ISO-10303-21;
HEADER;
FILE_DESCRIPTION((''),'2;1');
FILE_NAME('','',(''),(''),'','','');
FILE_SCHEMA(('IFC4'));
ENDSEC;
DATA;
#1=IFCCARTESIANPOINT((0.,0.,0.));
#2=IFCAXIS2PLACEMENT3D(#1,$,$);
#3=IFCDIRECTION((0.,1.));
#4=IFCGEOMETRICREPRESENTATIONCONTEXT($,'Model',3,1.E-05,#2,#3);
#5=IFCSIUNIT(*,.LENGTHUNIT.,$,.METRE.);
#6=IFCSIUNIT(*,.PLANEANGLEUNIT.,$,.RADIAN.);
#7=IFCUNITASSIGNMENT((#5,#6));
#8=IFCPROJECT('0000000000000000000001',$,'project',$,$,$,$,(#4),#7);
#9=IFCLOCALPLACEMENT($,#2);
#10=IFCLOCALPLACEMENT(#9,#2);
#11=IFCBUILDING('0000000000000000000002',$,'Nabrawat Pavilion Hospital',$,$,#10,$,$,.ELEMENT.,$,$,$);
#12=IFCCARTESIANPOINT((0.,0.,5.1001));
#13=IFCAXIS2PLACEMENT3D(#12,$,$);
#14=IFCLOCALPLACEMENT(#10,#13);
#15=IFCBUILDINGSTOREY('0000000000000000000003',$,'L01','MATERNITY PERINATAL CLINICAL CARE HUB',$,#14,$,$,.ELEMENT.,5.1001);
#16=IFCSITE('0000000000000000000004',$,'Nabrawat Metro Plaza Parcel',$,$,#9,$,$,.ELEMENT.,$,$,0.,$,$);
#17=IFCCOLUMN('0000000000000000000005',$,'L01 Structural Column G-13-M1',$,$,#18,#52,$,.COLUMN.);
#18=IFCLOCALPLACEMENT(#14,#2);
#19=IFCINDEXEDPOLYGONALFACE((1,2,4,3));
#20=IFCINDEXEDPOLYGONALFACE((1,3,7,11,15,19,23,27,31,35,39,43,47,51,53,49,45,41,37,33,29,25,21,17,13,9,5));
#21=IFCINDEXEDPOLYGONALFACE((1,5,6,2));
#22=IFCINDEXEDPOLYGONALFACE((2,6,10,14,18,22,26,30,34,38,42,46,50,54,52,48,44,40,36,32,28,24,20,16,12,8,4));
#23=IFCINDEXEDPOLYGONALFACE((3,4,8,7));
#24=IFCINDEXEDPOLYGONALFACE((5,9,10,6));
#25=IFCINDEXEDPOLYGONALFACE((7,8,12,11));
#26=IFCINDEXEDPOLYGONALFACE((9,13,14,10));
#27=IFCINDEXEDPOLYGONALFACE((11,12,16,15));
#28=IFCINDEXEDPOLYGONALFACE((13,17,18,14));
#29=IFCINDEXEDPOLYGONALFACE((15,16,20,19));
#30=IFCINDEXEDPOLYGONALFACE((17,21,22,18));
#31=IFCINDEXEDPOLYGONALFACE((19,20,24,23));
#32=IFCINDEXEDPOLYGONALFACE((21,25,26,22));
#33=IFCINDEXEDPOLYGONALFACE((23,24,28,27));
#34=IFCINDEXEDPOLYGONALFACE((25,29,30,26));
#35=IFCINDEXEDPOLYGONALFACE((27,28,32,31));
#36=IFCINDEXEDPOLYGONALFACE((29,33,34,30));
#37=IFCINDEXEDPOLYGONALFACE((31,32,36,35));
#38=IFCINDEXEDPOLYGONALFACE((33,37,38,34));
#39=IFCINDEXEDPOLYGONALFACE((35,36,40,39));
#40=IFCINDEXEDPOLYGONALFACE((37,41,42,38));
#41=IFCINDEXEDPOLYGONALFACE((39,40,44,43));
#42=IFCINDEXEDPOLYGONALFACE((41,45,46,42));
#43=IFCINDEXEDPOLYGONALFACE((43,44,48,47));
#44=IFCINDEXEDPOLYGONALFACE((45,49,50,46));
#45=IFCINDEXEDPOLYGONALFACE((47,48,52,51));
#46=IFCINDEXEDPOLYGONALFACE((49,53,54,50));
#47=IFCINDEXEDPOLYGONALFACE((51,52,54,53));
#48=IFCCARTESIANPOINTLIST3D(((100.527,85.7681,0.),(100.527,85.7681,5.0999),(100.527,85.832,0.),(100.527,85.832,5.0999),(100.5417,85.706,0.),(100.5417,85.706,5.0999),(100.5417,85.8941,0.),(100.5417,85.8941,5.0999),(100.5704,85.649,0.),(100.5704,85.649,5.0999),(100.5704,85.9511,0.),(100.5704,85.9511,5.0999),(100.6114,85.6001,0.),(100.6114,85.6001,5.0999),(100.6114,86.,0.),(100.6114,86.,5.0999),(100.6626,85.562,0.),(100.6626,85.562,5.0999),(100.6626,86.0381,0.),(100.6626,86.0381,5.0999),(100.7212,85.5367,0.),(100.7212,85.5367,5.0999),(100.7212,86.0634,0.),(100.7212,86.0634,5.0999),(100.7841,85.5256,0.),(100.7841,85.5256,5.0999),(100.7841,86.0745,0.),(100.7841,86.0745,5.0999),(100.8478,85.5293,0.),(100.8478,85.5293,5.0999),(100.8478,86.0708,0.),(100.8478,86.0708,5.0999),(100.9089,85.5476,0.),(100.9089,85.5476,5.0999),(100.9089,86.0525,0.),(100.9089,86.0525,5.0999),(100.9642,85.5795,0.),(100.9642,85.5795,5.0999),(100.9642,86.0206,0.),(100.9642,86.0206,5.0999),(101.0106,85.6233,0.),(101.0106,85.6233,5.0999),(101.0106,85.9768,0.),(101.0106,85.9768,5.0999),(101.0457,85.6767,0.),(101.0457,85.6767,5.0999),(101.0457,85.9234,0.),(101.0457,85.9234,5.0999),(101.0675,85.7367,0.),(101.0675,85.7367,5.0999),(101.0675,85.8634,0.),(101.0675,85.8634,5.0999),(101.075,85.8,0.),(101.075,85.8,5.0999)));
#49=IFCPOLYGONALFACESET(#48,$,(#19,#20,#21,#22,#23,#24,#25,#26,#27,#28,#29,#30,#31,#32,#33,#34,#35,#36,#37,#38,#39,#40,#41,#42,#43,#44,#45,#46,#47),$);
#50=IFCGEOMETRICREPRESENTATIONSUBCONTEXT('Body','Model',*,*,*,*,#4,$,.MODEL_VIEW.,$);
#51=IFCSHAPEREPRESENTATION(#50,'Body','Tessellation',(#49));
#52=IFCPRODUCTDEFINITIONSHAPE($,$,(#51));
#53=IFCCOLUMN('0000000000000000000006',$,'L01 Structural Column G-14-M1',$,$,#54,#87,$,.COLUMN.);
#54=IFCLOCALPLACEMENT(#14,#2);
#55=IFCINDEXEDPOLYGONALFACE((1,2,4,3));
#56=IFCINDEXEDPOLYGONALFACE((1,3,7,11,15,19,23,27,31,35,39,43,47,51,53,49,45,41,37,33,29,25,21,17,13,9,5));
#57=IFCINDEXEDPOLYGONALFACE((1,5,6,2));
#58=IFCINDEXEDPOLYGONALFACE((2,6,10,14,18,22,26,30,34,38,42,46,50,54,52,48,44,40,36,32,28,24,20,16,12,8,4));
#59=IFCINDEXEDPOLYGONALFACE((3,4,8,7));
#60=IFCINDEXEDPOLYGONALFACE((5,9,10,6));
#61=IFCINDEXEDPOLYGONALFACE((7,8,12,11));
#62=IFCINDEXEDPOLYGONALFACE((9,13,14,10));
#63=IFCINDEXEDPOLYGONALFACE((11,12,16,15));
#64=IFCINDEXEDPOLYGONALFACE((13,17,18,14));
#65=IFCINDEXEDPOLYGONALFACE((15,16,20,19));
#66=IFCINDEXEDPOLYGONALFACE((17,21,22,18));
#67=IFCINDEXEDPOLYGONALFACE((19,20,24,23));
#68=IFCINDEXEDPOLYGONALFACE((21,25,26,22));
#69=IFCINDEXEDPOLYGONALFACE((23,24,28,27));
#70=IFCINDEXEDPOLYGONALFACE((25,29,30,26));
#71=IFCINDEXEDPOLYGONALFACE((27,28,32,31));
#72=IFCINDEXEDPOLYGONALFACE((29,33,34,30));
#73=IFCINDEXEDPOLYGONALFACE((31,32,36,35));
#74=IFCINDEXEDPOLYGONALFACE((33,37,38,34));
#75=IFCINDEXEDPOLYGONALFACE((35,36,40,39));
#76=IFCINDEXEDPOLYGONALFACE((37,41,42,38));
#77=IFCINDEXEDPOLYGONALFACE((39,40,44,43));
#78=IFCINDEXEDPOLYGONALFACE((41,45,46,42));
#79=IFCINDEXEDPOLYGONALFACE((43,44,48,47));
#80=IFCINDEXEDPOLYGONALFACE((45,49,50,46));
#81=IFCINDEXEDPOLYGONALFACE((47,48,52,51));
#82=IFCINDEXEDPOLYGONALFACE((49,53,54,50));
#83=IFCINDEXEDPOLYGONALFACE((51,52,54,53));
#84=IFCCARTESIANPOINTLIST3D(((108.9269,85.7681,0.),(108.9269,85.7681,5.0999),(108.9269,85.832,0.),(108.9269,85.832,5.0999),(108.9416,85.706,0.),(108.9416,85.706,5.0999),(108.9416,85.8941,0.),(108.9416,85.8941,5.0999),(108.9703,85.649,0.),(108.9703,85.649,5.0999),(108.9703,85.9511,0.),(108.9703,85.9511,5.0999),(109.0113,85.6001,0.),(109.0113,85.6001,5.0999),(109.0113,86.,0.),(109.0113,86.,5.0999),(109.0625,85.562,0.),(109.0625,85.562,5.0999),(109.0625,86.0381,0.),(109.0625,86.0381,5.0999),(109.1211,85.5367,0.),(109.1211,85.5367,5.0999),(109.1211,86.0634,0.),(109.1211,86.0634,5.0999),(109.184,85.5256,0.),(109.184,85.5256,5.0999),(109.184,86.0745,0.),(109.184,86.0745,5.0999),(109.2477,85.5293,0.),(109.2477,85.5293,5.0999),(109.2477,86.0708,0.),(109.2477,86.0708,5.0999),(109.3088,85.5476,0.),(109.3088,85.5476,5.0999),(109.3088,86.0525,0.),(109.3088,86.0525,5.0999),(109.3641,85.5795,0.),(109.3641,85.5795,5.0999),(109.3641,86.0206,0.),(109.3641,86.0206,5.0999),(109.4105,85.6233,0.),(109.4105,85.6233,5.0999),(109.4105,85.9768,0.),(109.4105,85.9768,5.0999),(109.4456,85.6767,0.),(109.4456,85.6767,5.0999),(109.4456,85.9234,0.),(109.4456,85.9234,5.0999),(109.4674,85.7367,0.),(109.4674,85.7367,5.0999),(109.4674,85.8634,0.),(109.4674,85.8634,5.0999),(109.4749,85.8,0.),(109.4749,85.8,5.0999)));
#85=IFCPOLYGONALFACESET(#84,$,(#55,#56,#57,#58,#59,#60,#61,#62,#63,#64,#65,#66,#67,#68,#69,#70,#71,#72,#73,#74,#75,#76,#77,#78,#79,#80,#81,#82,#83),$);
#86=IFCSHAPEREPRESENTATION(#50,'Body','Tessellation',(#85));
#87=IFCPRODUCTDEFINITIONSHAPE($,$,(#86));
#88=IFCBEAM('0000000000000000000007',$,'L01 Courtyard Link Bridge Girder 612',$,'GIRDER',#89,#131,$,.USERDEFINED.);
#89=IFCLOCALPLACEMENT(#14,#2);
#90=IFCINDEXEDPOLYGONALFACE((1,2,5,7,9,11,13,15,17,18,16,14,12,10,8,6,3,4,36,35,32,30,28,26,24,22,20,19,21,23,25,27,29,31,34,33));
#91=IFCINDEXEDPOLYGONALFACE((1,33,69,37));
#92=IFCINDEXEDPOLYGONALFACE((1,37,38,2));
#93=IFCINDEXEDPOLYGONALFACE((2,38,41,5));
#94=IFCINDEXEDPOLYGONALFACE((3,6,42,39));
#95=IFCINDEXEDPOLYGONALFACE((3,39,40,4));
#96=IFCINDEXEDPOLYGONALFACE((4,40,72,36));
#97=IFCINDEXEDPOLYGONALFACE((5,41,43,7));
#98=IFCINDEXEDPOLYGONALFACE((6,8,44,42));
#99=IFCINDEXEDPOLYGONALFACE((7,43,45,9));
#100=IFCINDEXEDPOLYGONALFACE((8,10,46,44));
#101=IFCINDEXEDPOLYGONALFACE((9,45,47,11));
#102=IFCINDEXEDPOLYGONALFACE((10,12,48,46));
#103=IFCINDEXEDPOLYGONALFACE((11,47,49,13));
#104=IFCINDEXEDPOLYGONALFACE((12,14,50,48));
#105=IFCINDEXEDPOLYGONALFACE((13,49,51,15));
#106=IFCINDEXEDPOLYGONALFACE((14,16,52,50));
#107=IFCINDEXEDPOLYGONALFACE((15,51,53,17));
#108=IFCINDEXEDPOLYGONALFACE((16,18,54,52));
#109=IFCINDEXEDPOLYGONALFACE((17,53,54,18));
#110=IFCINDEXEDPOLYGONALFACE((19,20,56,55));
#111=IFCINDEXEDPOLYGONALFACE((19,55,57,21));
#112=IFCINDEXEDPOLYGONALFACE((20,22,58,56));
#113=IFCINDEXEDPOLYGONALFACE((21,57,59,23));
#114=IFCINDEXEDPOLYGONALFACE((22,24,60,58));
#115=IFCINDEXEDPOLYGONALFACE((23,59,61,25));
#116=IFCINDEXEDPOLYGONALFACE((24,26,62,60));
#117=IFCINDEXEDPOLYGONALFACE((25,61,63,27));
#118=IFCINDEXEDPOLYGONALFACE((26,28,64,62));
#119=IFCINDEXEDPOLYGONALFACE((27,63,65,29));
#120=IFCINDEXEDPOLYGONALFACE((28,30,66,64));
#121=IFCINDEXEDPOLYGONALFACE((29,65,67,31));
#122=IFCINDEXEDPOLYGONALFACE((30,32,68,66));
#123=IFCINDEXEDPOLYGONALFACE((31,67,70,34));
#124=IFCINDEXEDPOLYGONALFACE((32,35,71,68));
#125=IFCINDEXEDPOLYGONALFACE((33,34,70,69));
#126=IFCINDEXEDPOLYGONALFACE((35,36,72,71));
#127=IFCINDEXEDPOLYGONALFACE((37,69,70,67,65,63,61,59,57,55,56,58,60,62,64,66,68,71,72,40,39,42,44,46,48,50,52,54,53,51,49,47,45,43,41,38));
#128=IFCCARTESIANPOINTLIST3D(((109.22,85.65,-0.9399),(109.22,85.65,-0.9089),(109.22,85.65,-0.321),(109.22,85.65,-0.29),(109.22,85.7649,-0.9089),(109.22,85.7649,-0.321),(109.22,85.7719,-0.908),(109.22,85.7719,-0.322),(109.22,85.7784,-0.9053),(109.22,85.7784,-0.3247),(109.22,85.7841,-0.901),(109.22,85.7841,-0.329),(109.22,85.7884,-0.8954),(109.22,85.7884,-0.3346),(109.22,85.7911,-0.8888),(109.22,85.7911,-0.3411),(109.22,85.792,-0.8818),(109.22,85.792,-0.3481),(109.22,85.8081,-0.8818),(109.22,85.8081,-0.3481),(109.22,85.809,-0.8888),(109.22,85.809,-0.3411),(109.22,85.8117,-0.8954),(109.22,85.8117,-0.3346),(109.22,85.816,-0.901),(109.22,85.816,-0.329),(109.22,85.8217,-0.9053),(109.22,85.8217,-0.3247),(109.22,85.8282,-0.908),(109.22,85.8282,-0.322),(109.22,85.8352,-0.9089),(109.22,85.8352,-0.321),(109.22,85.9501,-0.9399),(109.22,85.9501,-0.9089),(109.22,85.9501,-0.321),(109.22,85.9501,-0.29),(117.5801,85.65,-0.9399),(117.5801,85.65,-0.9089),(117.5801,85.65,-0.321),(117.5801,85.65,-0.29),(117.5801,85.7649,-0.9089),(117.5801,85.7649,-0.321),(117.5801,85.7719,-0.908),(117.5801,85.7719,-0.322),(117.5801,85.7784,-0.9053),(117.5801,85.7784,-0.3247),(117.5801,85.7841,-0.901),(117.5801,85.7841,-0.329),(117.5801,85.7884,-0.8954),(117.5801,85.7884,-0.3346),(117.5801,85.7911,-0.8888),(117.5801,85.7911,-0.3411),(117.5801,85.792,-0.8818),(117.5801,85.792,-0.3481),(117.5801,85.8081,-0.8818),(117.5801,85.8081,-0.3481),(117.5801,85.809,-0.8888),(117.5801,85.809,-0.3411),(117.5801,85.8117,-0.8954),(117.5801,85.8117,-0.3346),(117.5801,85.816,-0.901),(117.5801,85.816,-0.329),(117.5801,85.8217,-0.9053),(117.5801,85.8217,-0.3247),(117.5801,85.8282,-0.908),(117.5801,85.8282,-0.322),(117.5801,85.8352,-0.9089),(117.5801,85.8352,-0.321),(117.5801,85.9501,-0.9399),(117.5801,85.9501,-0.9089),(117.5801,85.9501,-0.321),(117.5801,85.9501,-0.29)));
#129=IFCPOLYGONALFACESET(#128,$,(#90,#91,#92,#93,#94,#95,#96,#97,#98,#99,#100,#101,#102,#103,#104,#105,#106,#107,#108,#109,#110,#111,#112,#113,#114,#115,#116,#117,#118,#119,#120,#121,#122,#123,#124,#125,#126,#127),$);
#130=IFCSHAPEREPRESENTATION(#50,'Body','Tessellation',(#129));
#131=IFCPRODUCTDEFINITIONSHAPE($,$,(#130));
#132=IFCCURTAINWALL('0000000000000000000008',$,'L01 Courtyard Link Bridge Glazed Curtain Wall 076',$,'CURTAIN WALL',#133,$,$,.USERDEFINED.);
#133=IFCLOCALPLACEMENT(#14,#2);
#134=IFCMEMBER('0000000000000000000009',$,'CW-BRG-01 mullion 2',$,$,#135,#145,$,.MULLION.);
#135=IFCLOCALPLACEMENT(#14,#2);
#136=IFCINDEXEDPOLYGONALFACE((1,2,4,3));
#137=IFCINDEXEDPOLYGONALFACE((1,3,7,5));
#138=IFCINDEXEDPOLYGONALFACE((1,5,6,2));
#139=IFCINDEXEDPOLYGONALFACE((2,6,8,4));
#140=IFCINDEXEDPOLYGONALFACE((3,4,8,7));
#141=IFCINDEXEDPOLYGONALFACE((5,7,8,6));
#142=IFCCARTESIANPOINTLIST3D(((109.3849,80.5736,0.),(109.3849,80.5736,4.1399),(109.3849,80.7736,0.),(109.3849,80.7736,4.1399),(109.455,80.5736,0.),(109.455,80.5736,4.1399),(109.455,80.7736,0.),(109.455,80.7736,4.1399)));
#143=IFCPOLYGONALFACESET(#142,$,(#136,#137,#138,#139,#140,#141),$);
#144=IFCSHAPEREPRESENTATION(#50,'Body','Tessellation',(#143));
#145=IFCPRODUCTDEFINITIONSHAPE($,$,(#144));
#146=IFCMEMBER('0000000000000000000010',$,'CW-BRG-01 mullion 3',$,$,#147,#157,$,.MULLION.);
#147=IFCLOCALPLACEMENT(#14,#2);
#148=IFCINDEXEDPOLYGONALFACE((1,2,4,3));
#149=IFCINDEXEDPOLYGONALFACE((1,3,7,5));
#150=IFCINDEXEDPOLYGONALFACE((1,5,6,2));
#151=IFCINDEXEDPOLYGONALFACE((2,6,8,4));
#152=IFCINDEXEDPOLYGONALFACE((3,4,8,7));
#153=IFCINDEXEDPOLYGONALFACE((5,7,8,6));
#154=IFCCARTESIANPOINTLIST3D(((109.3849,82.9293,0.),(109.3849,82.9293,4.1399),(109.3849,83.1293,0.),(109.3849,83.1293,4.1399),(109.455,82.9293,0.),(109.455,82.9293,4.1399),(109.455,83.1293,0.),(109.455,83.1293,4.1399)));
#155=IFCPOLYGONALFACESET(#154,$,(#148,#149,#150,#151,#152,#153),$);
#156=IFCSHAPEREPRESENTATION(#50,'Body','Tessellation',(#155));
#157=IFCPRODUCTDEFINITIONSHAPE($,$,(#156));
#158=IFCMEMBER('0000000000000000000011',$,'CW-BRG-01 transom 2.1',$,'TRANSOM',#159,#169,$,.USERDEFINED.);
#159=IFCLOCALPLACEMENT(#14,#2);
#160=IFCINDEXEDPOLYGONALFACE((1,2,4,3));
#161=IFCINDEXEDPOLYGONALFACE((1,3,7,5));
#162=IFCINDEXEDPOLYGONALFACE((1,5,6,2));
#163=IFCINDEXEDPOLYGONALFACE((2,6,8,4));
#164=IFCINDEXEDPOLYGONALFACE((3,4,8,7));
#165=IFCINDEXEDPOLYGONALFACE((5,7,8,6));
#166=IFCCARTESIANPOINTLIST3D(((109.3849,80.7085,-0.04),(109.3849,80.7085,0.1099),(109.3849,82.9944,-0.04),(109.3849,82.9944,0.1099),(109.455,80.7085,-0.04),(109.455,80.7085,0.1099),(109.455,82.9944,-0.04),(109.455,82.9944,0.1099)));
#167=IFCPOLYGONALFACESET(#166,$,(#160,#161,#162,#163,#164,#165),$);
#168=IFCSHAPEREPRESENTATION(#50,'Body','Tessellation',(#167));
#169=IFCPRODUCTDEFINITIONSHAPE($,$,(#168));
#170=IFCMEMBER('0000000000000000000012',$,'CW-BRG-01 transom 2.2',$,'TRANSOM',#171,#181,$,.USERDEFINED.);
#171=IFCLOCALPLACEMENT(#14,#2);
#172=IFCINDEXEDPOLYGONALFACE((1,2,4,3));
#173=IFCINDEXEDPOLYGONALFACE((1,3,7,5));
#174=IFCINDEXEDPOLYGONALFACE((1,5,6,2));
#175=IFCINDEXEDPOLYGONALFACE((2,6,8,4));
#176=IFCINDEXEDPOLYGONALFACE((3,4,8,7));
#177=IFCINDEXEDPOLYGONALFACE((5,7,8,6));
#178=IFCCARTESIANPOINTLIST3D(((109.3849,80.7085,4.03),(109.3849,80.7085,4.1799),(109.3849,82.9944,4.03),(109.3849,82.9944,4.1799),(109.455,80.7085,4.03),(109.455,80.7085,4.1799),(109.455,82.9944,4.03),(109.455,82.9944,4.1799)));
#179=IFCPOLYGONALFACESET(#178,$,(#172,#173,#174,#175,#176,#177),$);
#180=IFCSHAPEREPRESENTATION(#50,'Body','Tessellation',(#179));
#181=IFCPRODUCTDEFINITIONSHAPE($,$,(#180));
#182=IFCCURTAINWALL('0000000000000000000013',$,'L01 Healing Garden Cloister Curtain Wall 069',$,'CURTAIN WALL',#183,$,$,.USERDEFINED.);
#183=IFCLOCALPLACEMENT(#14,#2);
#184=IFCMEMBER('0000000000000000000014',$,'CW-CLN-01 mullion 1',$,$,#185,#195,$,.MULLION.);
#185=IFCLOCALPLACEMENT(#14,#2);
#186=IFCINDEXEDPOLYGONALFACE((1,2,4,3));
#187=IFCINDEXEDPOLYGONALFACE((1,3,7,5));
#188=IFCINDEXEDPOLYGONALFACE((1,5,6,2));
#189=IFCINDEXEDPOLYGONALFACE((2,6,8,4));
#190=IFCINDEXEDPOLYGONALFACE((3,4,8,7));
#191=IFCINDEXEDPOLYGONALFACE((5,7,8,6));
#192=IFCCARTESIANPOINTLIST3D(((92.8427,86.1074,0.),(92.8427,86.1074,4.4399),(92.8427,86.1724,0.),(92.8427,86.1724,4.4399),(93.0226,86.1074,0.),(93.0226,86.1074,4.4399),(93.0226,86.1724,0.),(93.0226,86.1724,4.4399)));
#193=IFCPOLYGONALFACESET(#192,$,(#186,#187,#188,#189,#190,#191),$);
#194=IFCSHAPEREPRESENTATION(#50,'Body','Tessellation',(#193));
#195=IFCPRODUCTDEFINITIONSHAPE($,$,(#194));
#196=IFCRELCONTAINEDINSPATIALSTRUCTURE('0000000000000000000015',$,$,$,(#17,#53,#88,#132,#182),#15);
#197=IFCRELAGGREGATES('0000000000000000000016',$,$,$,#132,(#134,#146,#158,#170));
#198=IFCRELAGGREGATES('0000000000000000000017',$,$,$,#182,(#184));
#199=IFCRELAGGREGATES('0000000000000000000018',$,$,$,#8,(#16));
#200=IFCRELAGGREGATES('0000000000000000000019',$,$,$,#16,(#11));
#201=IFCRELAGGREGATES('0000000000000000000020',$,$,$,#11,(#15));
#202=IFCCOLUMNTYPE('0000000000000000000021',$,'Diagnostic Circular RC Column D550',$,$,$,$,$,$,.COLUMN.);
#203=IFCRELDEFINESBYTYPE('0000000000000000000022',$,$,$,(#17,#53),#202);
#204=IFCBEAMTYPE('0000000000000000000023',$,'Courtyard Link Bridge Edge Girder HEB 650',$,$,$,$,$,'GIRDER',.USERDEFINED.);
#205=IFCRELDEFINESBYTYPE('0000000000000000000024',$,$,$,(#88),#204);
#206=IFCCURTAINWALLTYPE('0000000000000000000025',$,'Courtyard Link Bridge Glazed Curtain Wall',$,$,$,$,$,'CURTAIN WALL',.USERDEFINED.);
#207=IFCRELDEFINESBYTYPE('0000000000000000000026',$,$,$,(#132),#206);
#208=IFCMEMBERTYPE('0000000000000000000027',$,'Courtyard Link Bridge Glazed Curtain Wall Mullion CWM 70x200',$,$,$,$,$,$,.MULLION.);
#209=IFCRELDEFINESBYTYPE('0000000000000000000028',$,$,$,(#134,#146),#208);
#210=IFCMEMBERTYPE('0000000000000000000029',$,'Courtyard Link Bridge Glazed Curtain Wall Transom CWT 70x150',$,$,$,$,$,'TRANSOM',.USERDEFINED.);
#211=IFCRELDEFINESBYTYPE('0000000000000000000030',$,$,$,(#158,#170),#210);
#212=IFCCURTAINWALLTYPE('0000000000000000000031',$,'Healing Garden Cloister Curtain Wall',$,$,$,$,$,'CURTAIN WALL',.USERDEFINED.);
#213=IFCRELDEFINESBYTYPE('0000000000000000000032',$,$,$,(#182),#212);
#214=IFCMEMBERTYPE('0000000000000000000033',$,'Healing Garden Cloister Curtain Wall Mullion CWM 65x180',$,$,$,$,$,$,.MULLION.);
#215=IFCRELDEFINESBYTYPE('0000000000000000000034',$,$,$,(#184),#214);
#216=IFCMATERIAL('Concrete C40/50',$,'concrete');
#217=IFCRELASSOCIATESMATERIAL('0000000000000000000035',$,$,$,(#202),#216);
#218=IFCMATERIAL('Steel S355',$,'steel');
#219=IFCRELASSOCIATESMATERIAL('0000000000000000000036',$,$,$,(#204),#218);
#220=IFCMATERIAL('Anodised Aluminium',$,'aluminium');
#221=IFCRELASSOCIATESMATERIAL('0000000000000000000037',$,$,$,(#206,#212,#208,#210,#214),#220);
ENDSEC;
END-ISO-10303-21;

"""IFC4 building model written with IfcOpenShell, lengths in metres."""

from ifc_helpers import new_model, si_unit, direction, frame, origin, origin_2d, place, context, subcontext, project, spatial, rectangle, circle, i_section, extrude, material, material_profile, profile_set, type_object, element, aggregate, save


model = new_model("IFC4")

# Units and contexts
model_context = context("Model", 3, precision=1e-05, world=origin(), true_north=direction((0.0, 1.0)))
body_context = subcontext(model_context, "Body", "Model", "MODEL_VIEW")
ifc_project = project(units=[si_unit("LENGTHUNIT", "METRE"), si_unit("PLANEANGLEUNIT", "RADIAN")], contexts=[model_context])

# Site, building, storey
site_placement = place(None, origin())
site = spatial("IfcSite", under=ifc_project, at=site_placement, Name="Nabrawat Metro Plaza Parcel", CompositionType="ELEMENT", RefElevation=0.0)
building_placement = place(site_placement, origin())
building = spatial("IfcBuilding", under=site, at=building_placement, Name="Nabrawat Pavilion Hospital", CompositionType="ELEMENT")
storey_placement = place(building_placement, frame((0.0, 0.0, 5.1001)))
storey = spatial("IfcBuildingStorey", under=building, at=storey_placement, Name="L01", Description="MATERNITY PERINATAL CLINICAL CARE HUB", CompositionType="ELEMENT", Elevation=5.1001)

# Columns
ifc_material_1 = material(Name="Concrete C40/50", Category="concrete")
ifc_material_profile_1 = material_profile(ifc_material_1, circle(Radius=0.2749, at=origin_2d()), Name="RC D550")
ifc_profile_set_1 = profile_set([ifc_material_profile_1], Name="Concrete C40/50")
column_type = type_object("IfcColumnType", Name="Diagnostic Circular RC Column D550", PredefinedType="COLUMN", material=ifc_profile_set_1)
for number, where, z_axis, x_axis, name in (
    (1, (100.8, 85.8, 0.0), (0.0, 0.0, 1.0), (1.0, 0.0, 0.0), "L01 Structural Column G-13-M1"),
    (2, (109.2, 85.8, 0.0), (0.0, 0.0, 1.0), (1.0, 0.0, 0.0), "L01 Structural Column G-14-M1"),
):
    element("IfcColumn", number, at=place(storey_placement, frame(where, z_axis=z_axis, x_axis=x_axis)), inside=storey, type_object=column_type, Name=name, PredefinedType="COLUMN", context=body_context, shape_type="SweptSolid", body=[
        extrude(circle(Radius=0.2749, at=origin_2d()), origin(), (0.0, 0.0, 1.0), 5.0999),
    ])

# Beam
ifc_material_2 = material(Name="Steel S355", Category="steel")
ifc_material_profile_2 = material_profile(ifc_material_2, i_section(OverallWidth=0.3, OverallDepth=0.6499, WebThickness=0.0161, FlangeThickness=0.031, FilletRadius=0.0271, at=origin_2d()), Name="HEB 650")
ifc_profile_set_2 = profile_set([ifc_material_profile_2], Name="Steel S355")
beam_type_1 = type_object("IfcBeamType", Name="Courtyard Link Bridge Edge Girder HEB 650", ElementType="GIRDER", PredefinedType="USERDEFINED", material=ifc_profile_set_2)
beam_1_placement = place(storey_placement, frame((109.22, 85.8, -0.615), z_axis=(1.0, 0.0, 0.0), x_axis=(0.0, 1.0, 0.0)))
element("IfcBeam", 3, at=beam_1_placement, inside=storey, type_object=beam_type_1, Name="L01 Courtyard Link Bridge Girder 612", ObjectType="GIRDER", PredefinedType="USERDEFINED", context=body_context, shape_type="SweptSolid", body=[
    extrude(i_section(OverallWidth=0.3, OverallDepth=0.6499, WebThickness=0.0161, FlangeThickness=0.031, FilletRadius=0.0271, at=origin_2d()), origin(), (0.0, 0.0, 1.0), 8.3601),
])

# Curtain walls, members
ifc_material_3 = material(Name="Anodised Aluminium", Category="aluminium")
curtain_wall_type_1 = type_object("IfcCurtainWallType", Name="Courtyard Link Bridge Glazed Curtain Wall", ElementType="CURTAIN WALL", PredefinedType="USERDEFINED", material=ifc_material_3)
curtain_wall_1_placement = place(storey_placement, origin())
curtain_wall_1 = element("IfcCurtainWall", 4, at=curtain_wall_1_placement, inside=storey, type_object=curtain_wall_type_1, Name="L01 Courtyard Link Bridge Glazed Curtain Wall 076", ObjectType="CURTAIN WALL", PredefinedType="USERDEFINED")
ifc_material_profile_3 = material_profile(ifc_material_3, rectangle(XDim=0.0701, YDim=0.2, at=origin_2d()), Name="CWM 70x200")
ifc_profile_set_3 = profile_set([ifc_material_profile_3], Name="Anodised Aluminium")
member_type_1 = type_object("IfcMemberType", Name="Courtyard Link Bridge Glazed Curtain Wall Mullion CWM 70x200", PredefinedType="MULLION", material=ifc_profile_set_3)
member_1_placement = place(storey_placement, frame((109.4199, 80.6736, 0.0), z_axis=(0.0, 0.0, 1.0), x_axis=(-1.0, 0.0, 0.0)))
member_1 = element("IfcMember", 5, at=member_1_placement, type_object=member_type_1, Name="CW-BRG-01 mullion 2", PredefinedType="MULLION", context=body_context, shape_type="SweptSolid", body=[
    extrude(rectangle(XDim=0.0701, YDim=0.2, at=origin_2d()), origin(), (0.0, 0.0, 1.0), 4.1399),
])
member_2_placement = place(storey_placement, frame((109.4199, 83.0293, 0.0), z_axis=(0.0, 0.0, 1.0), x_axis=(-1.0, 0.0, 0.0)))
member_2 = element("IfcMember", 6, at=member_2_placement, type_object=member_type_1, Name="CW-BRG-01 mullion 3", PredefinedType="MULLION", context=body_context, shape_type="SweptSolid", body=[
    extrude(rectangle(XDim=0.0701, YDim=0.2, at=origin_2d()), origin(), (0.0, 0.0, 1.0), 4.1399),
])
ifc_material_profile_4 = material_profile(ifc_material_3, rectangle(XDim=0.0701, YDim=0.1499, at=origin_2d()), Name="CWT 70x150")
ifc_profile_set_4 = profile_set([ifc_material_profile_4], Name="Anodised Aluminium")
member_type_2 = type_object("IfcMemberType", Name="Courtyard Link Bridge Glazed Curtain Wall Transom CWT 70x150", ElementType="TRANSOM", PredefinedType="USERDEFINED", material=ifc_profile_set_4)
member_3_placement = place(storey_placement, frame((109.4199, 80.7085, 0.0349), z_axis=(0.0, 1.0, 0.0), x_axis=(-1.0, 0.0, 0.0)))
member_3 = element("IfcMember", 7, at=member_3_placement, type_object=member_type_2, Name="CW-BRG-01 transom 2.1", ObjectType="TRANSOM", PredefinedType="USERDEFINED", context=body_context, shape_type="SweptSolid", body=[
    extrude(rectangle(XDim=0.0701, YDim=0.1499, at=origin_2d()), origin(), (0.0, 0.0, 1.0), 2.2859),
])
member_4_placement = place(storey_placement, frame((109.4199, 80.7085, 4.105), z_axis=(0.0, 1.0, 0.0), x_axis=(-1.0, 0.0, 0.0)))
member_4 = element("IfcMember", 8, at=member_4_placement, type_object=member_type_2, Name="CW-BRG-01 transom 2.2", ObjectType="TRANSOM", PredefinedType="USERDEFINED", context=body_context, shape_type="SweptSolid", body=[
    extrude(rectangle(XDim=0.0701, YDim=0.1499, at=origin_2d()), origin(), (0.0, 0.0, 1.0), 2.2859),
])
curtain_wall_type_2 = type_object("IfcCurtainWallType", Name="Healing Garden Cloister Curtain Wall", ElementType="CURTAIN WALL", PredefinedType="USERDEFINED", material=ifc_material_3)
curtain_wall_2_placement = place(storey_placement, origin())
curtain_wall_2 = element("IfcCurtainWall", 9, at=curtain_wall_2_placement, inside=storey, type_object=curtain_wall_type_2, Name="L01 Healing Garden Cloister Curtain Wall 069", ObjectType="CURTAIN WALL", PredefinedType="USERDEFINED")
ifc_material_profile_5 = material_profile(ifc_material_3, rectangle(XDim=0.0649, YDim=0.1799, at=origin_2d()), Name="CWM 65x180")
ifc_profile_set_5 = profile_set([ifc_material_profile_5], Name="Anodised Aluminium")
member_type_3 = type_object("IfcMemberType", Name="Healing Garden Cloister Curtain Wall Mullion CWM 65x180", PredefinedType="MULLION", material=ifc_profile_set_5)
member_5_placement = place(storey_placement, frame((92.9326, 86.1399, 0.0), z_axis=(0.0, 0.0, 1.0), x_axis=(0.0, 1.0, 0.0)))
member_5 = element("IfcMember", 10, at=member_5_placement, type_object=member_type_3, Name="CW-CLN-01 mullion 1", PredefinedType="MULLION", context=body_context, shape_type="SweptSolid", body=[
    extrude(rectangle(XDim=0.0649, YDim=0.1799, at=origin_2d()), origin(), (0.0, 0.0, 1.0), 4.4399),
])

aggregate(curtain_wall_1, [member_1, member_2, member_3, member_4])
aggregate(curtain_wall_2, [member_5])

save(model, "model.ifc")
